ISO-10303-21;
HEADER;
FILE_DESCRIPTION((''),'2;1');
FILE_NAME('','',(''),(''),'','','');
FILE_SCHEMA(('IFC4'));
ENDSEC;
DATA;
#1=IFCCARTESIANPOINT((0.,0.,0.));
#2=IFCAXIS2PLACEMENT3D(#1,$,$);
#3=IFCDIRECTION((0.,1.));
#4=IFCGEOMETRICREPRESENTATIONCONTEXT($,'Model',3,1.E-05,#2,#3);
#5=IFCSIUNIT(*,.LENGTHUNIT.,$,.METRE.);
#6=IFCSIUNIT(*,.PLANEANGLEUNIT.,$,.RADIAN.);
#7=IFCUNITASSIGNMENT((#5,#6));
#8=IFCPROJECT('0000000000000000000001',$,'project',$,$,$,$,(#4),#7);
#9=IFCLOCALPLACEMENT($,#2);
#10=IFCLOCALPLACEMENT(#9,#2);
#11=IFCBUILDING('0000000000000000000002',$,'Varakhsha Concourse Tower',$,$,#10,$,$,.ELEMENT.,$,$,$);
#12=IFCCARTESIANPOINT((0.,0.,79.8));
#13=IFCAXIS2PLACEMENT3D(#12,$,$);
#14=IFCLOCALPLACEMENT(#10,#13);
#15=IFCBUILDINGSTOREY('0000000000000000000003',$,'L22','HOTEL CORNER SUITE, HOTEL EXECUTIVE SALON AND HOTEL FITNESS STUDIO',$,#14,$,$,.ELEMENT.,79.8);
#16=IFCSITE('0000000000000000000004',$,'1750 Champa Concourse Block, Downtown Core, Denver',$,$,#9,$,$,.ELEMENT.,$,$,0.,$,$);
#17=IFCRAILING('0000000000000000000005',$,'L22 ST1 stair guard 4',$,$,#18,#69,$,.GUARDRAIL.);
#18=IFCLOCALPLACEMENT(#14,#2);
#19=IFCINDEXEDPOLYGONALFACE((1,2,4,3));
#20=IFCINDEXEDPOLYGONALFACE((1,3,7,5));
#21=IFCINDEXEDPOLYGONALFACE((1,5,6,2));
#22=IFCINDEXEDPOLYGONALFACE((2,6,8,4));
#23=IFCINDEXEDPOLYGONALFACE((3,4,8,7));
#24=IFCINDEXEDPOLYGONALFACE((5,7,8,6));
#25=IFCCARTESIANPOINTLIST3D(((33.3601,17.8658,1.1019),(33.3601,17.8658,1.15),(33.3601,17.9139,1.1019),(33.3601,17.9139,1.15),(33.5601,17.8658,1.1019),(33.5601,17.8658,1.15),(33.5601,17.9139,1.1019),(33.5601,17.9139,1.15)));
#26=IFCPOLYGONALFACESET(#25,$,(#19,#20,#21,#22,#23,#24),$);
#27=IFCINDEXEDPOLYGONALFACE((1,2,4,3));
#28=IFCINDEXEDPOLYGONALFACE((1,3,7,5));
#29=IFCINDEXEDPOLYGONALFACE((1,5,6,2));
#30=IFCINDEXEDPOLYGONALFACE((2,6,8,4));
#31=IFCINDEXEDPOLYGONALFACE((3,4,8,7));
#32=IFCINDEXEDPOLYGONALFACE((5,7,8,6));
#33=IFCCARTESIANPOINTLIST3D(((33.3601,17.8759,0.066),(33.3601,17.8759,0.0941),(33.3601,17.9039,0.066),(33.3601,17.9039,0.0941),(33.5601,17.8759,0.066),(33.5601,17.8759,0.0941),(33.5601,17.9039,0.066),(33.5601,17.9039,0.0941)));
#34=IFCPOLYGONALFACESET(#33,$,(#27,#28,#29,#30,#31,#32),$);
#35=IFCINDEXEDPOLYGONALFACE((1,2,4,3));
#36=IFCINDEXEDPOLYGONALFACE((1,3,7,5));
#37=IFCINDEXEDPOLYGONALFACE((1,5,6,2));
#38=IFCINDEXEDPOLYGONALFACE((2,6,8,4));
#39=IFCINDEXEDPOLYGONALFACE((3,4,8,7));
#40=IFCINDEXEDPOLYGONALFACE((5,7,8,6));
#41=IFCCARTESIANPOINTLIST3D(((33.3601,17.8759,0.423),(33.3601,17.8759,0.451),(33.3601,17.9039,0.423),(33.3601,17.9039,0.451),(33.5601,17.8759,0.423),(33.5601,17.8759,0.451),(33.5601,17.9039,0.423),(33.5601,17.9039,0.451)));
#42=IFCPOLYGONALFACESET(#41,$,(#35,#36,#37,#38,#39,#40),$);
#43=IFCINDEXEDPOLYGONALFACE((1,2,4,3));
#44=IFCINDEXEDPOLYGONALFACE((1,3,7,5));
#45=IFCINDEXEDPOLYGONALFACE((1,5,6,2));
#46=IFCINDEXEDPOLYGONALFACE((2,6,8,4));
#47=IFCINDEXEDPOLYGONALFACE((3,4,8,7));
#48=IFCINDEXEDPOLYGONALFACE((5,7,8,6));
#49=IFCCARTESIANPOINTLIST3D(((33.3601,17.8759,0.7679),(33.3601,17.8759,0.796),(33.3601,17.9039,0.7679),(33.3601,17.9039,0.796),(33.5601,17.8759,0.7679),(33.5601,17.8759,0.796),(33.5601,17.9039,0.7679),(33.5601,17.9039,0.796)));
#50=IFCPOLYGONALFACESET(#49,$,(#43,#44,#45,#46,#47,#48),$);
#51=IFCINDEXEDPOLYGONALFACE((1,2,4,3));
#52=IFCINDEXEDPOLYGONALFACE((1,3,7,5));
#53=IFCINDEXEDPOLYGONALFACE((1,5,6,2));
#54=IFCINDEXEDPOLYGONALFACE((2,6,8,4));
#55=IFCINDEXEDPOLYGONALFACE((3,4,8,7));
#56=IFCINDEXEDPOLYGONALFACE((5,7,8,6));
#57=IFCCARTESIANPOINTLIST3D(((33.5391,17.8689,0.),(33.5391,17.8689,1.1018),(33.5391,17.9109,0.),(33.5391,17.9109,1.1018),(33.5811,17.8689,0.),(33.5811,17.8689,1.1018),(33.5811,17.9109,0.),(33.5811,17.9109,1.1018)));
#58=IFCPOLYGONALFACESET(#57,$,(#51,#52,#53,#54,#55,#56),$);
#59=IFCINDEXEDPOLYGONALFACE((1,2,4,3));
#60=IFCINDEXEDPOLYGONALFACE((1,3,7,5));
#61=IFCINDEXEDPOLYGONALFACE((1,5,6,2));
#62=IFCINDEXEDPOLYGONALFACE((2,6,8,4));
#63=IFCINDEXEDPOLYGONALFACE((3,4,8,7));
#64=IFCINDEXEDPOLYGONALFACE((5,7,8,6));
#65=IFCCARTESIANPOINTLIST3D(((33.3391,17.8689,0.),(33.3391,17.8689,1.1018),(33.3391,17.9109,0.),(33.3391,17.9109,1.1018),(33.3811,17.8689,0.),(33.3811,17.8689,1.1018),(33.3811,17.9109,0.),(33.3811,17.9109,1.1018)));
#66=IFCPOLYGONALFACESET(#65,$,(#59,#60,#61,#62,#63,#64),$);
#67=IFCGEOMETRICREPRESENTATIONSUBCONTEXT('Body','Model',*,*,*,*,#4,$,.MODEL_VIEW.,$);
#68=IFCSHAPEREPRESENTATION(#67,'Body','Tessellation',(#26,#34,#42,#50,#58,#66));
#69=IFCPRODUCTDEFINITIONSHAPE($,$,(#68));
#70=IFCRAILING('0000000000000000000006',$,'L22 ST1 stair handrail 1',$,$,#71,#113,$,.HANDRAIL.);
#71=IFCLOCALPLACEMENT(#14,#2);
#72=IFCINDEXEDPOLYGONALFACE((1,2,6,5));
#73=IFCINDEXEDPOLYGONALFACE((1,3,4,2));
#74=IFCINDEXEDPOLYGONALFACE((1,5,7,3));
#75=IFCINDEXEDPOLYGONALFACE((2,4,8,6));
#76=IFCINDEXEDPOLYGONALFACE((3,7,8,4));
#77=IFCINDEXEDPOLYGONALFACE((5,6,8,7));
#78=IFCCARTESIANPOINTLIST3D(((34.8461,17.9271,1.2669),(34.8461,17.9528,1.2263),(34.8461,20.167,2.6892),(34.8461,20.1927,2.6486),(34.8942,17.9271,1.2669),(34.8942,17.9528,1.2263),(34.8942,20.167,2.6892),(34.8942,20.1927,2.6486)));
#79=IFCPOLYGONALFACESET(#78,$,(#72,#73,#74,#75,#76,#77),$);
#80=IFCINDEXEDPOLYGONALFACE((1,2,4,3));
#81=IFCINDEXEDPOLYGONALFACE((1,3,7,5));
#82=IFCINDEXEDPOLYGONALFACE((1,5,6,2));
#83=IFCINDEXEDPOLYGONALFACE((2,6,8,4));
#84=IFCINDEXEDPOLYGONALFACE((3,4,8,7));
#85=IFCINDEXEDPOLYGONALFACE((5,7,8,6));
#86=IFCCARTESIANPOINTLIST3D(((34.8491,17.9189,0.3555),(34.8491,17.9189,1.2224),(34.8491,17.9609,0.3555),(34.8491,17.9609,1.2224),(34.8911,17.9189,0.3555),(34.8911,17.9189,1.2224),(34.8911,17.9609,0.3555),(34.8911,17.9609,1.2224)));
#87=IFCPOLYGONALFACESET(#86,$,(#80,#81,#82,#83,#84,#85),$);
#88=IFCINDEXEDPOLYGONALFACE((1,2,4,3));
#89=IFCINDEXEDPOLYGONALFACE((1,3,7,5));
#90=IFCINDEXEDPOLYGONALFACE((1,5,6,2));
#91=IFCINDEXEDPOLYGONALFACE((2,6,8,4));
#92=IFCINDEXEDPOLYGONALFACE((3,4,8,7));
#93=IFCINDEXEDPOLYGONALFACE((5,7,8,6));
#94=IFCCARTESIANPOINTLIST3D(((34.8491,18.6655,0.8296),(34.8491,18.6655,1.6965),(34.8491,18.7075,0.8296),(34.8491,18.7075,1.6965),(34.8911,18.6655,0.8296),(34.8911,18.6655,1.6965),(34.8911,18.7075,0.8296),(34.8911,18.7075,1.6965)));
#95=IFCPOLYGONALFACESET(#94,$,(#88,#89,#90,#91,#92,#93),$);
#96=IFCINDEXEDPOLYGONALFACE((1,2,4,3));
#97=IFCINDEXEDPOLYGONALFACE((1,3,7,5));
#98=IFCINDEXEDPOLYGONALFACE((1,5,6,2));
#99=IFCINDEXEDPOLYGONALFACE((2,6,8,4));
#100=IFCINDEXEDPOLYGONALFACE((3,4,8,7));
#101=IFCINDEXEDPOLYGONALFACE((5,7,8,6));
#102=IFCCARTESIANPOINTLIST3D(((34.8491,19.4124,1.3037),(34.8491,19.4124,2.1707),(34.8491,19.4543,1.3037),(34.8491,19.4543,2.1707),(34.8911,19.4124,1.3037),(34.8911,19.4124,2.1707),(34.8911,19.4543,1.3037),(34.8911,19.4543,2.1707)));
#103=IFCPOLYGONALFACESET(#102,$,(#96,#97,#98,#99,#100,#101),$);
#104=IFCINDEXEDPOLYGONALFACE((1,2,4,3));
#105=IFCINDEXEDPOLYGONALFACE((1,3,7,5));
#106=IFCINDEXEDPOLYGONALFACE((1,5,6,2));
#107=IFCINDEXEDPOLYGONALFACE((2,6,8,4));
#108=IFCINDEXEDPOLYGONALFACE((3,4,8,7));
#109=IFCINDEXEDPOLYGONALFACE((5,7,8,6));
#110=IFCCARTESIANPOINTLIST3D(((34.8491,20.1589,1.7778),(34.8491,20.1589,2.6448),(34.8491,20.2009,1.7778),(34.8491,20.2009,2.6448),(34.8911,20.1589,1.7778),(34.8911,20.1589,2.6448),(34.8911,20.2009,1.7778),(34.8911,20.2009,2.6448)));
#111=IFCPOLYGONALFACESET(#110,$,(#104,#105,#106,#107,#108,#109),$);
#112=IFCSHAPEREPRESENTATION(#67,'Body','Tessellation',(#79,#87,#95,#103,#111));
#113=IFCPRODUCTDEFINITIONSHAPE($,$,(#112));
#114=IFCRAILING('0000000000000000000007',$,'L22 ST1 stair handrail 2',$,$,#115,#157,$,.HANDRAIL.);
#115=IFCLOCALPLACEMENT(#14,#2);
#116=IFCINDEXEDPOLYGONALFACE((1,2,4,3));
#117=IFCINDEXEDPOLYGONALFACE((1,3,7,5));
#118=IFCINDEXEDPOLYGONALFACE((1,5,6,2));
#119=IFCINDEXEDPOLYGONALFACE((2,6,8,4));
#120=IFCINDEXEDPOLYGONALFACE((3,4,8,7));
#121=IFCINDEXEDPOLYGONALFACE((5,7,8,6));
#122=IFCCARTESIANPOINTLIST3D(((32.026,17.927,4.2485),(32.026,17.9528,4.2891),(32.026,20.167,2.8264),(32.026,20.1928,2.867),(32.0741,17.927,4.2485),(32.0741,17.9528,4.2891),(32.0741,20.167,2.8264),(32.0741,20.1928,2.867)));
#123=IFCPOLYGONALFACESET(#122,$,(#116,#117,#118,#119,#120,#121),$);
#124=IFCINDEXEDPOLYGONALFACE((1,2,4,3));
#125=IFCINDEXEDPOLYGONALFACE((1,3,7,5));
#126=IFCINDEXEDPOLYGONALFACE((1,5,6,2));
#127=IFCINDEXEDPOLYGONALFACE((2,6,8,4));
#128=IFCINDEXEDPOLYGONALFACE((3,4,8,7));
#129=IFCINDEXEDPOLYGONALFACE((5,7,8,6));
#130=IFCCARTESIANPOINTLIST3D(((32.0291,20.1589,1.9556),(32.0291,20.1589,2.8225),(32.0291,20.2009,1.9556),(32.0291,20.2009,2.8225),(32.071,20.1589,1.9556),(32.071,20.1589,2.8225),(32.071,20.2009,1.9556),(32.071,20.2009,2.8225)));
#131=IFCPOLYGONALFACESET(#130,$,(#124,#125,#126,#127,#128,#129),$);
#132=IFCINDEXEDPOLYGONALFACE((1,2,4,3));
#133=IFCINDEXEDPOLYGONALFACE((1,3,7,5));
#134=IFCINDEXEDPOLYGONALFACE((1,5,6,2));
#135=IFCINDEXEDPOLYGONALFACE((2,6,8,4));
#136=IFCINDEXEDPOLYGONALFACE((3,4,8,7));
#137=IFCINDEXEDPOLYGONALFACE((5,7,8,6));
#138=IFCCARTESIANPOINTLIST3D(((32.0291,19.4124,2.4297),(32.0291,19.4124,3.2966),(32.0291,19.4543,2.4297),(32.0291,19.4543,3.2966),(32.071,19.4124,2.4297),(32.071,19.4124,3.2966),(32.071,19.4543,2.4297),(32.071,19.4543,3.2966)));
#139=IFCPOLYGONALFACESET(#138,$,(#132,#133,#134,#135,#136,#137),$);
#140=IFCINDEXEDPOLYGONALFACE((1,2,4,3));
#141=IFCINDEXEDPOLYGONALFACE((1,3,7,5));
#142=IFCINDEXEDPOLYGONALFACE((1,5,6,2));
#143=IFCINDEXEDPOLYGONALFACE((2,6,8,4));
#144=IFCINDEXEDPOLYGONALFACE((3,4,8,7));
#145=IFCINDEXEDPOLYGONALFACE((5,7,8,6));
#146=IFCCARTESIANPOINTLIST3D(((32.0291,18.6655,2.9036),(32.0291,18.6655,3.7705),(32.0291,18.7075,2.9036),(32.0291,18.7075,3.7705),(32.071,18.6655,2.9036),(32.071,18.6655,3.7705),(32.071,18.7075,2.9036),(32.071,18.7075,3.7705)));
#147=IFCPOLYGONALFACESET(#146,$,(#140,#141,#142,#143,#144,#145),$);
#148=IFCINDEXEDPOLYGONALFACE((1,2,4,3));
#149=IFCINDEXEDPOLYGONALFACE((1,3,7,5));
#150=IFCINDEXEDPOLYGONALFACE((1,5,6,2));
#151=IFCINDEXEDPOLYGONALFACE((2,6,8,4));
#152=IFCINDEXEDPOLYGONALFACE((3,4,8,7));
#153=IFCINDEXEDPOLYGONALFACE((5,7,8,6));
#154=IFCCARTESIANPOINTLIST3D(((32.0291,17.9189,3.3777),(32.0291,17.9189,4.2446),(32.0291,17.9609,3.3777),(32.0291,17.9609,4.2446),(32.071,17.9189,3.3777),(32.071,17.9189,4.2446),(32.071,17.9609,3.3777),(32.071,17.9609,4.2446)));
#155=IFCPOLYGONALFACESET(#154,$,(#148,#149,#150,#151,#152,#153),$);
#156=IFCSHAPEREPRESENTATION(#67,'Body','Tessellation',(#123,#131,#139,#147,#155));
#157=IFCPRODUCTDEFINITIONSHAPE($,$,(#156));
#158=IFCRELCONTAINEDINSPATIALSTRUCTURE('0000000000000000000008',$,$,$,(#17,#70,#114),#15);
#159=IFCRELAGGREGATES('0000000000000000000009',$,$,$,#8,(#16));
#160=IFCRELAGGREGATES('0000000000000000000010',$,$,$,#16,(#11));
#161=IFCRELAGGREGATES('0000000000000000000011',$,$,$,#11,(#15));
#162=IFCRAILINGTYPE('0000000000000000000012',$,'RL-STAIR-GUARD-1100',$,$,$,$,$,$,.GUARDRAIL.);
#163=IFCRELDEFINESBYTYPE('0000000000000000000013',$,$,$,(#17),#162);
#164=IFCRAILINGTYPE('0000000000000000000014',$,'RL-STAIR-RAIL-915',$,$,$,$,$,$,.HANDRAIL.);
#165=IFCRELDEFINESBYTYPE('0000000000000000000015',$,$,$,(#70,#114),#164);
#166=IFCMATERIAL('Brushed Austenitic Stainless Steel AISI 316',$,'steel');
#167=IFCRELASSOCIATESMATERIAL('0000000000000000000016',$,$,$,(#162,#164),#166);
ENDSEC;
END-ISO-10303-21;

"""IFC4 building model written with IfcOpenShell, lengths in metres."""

from ifc_helpers import new_model, si_unit, direction, frame, origin, origin_2d, place, context, subcontext, project, spatial, rectangle, extrude, material, type_object, element, save


model = new_model("IFC4")

# Units and contexts
model_context = context("Model", 3, precision=1e-05, world=origin(), true_north=direction((0.0, 1.0)))
body_context = subcontext(model_context, "Body", "Model", "MODEL_VIEW")
ifc_project = project(units=[si_unit("LENGTHUNIT", "METRE"), si_unit("PLANEANGLEUNIT", "RADIAN")], contexts=[model_context])

# Site, building, storey
site_placement = place(None, origin())
site = spatial("IfcSite", under=ifc_project, at=site_placement, Name="1750 Champa Concourse Block, Downtown Core, Denver", CompositionType="ELEMENT", RefElevation=0.0)
building_placement = place(site_placement, origin())
building = spatial("IfcBuilding", under=site, at=building_placement, Name="Varakhsha Concourse Tower", CompositionType="ELEMENT")
storey_placement = place(building_placement, frame((0.0, 0.0, 79.8)))
storey = spatial("IfcBuildingStorey", under=building, at=storey_placement, Name="L22", Description="HOTEL CORNER SUITE, HOTEL EXECUTIVE SALON AND HOTEL FITNESS STUDIO", CompositionType="ELEMENT", Elevation=79.8)

# Shared definitions
ifc_material_1 = material(Name="Brushed Austenitic Stainless Steel AISI 316", Category="steel")

# Railings
railing_type_1 = type_object("IfcRailingType", Name="RL-STAIR-GUARD-1100", PredefinedType="GUARDRAIL", material=ifc_material_1)
railing_1_placement = place(storey_placement, frame((33.5601, 17.8899, 0.0)))
element("IfcRailing", 1, at=railing_1_placement, inside=storey, type_object=railing_type_1, Name="L22 ST1 stair guard 4", PredefinedType="GUARDRAIL", context=body_context, shape_type="SweptSolid", body=[
    extrude(rectangle(XDim=0.0481, YDim=0.0481, at=origin_2d()), frame((0.0, 0.0, 1.126), z_axis=(-1.0, 0.0, 0.0), x_axis=(0.0, -1.0, 0.0)), (0.0, 0.0, 1.0), 0.2),
    extrude(rectangle(XDim=0.0281, YDim=0.0281, at=origin_2d()), frame((0.0, 0.0, 0.0801), z_axis=(-1.0, 0.0, 0.0), x_axis=(0.0, -1.0, 0.0)), (0.0, 0.0, 1.0), 0.2),
    extrude(rectangle(XDim=0.0281, YDim=0.0281, at=origin_2d()), frame((0.0, 0.0, 0.437), z_axis=(-1.0, 0.0, 0.0), x_axis=(0.0, -1.0, 0.0)), (0.0, 0.0, 1.0), 0.2),
    extrude(rectangle(XDim=0.0281, YDim=0.0281, at=origin_2d()), frame((0.0, 0.0, 0.782), z_axis=(-1.0, 0.0, 0.0), x_axis=(0.0, -1.0, 0.0)), (0.0, 0.0, 1.0), 0.2),
    extrude(rectangle(XDim=0.042, YDim=0.042, at=origin_2d()), origin(), (0.0, 0.0, 1.0), 1.1018),
    extrude(rectangle(XDim=0.042, YDim=0.042, at=origin_2d()), frame((-0.2, 0.0, 0.0)), (0.0, 0.0, 1.0), 1.1018),
])
railing_type_2 = type_object("IfcRailingType", Name="RL-STAIR-RAIL-915", PredefinedType="HANDRAIL", material=ifc_material_1)
railing_2_placement = place(storey_placement, frame((34.8701, 17.9399, 0.3555)))
element("IfcRailing", 2, at=railing_2_placement, inside=storey, type_object=railing_type_2, Name="L22 ST1 stair handrail 1", PredefinedType="HANDRAIL", context=body_context, shape_type="SweptSolid", body=[
    extrude(rectangle(XDim=0.0481, YDim=0.0481, at=origin_2d()), frame((0.0, 0.0, 0.8911), z_axis=(0.0, 0.844188, 0.536048), x_axis=(-1.0, 0.0, 0.0)), (0.0, 0.0, 1.0), 2.6533),
    extrude(rectangle(XDim=0.042, YDim=0.042, at=origin_2d()), origin(), (0.0, 0.0, 1.0), 0.8669),
    extrude(rectangle(XDim=0.042, YDim=0.042, at=origin_2d()), frame((0.0, 0.7466, 0.4741)), (0.0, 0.0, 1.0), 0.8669),
    extrude(rectangle(XDim=0.042, YDim=0.042, at=origin_2d()), frame((0.0, 1.4934, 0.9482)), (0.0, 0.0, 1.0), 0.8669),
    extrude(rectangle(XDim=0.042, YDim=0.042, at=origin_2d()), frame((0.0, 2.24, 1.4224)), (0.0, 0.0, 1.0), 0.8669),
])
railing_3_placement = place(storey_placement, frame((32.05, 20.1799, 1.9556)))
element("IfcRailing", 3, at=railing_3_placement, inside=storey, type_object=railing_type_2, Name="L22 ST1 stair handrail 2", PredefinedType="HANDRAIL", context=body_context, shape_type="SweptSolid", body=[
    extrude(rectangle(XDim=0.0481, YDim=0.0481, at=origin_2d()), frame((0.0, 0.0, 0.8911), z_axis=(0.0, -0.844229, 0.535982), x_axis=(1.0, 0.0, 0.0)), (0.0, 0.0, 1.0), 2.6533),
    extrude(rectangle(XDim=0.042, YDim=0.042, at=origin_2d()), origin(), (0.0, 0.0, 1.0), 0.8669),
    extrude(rectangle(XDim=0.042, YDim=0.042, at=origin_2d()), frame((0.0, -0.7466, 0.4741)), (0.0, 0.0, 1.0), 0.8669),
    extrude(rectangle(XDim=0.042, YDim=0.042, at=origin_2d()), frame((0.0, -1.4934, 0.948)), (0.0, 0.0, 1.0), 0.8669),
    extrude(rectangle(XDim=0.042, YDim=0.042, at=origin_2d()), frame((0.0, -2.24, 1.4221)), (0.0, 0.0, 1.0), 0.8669),
])

save(model, "model.ifc")
